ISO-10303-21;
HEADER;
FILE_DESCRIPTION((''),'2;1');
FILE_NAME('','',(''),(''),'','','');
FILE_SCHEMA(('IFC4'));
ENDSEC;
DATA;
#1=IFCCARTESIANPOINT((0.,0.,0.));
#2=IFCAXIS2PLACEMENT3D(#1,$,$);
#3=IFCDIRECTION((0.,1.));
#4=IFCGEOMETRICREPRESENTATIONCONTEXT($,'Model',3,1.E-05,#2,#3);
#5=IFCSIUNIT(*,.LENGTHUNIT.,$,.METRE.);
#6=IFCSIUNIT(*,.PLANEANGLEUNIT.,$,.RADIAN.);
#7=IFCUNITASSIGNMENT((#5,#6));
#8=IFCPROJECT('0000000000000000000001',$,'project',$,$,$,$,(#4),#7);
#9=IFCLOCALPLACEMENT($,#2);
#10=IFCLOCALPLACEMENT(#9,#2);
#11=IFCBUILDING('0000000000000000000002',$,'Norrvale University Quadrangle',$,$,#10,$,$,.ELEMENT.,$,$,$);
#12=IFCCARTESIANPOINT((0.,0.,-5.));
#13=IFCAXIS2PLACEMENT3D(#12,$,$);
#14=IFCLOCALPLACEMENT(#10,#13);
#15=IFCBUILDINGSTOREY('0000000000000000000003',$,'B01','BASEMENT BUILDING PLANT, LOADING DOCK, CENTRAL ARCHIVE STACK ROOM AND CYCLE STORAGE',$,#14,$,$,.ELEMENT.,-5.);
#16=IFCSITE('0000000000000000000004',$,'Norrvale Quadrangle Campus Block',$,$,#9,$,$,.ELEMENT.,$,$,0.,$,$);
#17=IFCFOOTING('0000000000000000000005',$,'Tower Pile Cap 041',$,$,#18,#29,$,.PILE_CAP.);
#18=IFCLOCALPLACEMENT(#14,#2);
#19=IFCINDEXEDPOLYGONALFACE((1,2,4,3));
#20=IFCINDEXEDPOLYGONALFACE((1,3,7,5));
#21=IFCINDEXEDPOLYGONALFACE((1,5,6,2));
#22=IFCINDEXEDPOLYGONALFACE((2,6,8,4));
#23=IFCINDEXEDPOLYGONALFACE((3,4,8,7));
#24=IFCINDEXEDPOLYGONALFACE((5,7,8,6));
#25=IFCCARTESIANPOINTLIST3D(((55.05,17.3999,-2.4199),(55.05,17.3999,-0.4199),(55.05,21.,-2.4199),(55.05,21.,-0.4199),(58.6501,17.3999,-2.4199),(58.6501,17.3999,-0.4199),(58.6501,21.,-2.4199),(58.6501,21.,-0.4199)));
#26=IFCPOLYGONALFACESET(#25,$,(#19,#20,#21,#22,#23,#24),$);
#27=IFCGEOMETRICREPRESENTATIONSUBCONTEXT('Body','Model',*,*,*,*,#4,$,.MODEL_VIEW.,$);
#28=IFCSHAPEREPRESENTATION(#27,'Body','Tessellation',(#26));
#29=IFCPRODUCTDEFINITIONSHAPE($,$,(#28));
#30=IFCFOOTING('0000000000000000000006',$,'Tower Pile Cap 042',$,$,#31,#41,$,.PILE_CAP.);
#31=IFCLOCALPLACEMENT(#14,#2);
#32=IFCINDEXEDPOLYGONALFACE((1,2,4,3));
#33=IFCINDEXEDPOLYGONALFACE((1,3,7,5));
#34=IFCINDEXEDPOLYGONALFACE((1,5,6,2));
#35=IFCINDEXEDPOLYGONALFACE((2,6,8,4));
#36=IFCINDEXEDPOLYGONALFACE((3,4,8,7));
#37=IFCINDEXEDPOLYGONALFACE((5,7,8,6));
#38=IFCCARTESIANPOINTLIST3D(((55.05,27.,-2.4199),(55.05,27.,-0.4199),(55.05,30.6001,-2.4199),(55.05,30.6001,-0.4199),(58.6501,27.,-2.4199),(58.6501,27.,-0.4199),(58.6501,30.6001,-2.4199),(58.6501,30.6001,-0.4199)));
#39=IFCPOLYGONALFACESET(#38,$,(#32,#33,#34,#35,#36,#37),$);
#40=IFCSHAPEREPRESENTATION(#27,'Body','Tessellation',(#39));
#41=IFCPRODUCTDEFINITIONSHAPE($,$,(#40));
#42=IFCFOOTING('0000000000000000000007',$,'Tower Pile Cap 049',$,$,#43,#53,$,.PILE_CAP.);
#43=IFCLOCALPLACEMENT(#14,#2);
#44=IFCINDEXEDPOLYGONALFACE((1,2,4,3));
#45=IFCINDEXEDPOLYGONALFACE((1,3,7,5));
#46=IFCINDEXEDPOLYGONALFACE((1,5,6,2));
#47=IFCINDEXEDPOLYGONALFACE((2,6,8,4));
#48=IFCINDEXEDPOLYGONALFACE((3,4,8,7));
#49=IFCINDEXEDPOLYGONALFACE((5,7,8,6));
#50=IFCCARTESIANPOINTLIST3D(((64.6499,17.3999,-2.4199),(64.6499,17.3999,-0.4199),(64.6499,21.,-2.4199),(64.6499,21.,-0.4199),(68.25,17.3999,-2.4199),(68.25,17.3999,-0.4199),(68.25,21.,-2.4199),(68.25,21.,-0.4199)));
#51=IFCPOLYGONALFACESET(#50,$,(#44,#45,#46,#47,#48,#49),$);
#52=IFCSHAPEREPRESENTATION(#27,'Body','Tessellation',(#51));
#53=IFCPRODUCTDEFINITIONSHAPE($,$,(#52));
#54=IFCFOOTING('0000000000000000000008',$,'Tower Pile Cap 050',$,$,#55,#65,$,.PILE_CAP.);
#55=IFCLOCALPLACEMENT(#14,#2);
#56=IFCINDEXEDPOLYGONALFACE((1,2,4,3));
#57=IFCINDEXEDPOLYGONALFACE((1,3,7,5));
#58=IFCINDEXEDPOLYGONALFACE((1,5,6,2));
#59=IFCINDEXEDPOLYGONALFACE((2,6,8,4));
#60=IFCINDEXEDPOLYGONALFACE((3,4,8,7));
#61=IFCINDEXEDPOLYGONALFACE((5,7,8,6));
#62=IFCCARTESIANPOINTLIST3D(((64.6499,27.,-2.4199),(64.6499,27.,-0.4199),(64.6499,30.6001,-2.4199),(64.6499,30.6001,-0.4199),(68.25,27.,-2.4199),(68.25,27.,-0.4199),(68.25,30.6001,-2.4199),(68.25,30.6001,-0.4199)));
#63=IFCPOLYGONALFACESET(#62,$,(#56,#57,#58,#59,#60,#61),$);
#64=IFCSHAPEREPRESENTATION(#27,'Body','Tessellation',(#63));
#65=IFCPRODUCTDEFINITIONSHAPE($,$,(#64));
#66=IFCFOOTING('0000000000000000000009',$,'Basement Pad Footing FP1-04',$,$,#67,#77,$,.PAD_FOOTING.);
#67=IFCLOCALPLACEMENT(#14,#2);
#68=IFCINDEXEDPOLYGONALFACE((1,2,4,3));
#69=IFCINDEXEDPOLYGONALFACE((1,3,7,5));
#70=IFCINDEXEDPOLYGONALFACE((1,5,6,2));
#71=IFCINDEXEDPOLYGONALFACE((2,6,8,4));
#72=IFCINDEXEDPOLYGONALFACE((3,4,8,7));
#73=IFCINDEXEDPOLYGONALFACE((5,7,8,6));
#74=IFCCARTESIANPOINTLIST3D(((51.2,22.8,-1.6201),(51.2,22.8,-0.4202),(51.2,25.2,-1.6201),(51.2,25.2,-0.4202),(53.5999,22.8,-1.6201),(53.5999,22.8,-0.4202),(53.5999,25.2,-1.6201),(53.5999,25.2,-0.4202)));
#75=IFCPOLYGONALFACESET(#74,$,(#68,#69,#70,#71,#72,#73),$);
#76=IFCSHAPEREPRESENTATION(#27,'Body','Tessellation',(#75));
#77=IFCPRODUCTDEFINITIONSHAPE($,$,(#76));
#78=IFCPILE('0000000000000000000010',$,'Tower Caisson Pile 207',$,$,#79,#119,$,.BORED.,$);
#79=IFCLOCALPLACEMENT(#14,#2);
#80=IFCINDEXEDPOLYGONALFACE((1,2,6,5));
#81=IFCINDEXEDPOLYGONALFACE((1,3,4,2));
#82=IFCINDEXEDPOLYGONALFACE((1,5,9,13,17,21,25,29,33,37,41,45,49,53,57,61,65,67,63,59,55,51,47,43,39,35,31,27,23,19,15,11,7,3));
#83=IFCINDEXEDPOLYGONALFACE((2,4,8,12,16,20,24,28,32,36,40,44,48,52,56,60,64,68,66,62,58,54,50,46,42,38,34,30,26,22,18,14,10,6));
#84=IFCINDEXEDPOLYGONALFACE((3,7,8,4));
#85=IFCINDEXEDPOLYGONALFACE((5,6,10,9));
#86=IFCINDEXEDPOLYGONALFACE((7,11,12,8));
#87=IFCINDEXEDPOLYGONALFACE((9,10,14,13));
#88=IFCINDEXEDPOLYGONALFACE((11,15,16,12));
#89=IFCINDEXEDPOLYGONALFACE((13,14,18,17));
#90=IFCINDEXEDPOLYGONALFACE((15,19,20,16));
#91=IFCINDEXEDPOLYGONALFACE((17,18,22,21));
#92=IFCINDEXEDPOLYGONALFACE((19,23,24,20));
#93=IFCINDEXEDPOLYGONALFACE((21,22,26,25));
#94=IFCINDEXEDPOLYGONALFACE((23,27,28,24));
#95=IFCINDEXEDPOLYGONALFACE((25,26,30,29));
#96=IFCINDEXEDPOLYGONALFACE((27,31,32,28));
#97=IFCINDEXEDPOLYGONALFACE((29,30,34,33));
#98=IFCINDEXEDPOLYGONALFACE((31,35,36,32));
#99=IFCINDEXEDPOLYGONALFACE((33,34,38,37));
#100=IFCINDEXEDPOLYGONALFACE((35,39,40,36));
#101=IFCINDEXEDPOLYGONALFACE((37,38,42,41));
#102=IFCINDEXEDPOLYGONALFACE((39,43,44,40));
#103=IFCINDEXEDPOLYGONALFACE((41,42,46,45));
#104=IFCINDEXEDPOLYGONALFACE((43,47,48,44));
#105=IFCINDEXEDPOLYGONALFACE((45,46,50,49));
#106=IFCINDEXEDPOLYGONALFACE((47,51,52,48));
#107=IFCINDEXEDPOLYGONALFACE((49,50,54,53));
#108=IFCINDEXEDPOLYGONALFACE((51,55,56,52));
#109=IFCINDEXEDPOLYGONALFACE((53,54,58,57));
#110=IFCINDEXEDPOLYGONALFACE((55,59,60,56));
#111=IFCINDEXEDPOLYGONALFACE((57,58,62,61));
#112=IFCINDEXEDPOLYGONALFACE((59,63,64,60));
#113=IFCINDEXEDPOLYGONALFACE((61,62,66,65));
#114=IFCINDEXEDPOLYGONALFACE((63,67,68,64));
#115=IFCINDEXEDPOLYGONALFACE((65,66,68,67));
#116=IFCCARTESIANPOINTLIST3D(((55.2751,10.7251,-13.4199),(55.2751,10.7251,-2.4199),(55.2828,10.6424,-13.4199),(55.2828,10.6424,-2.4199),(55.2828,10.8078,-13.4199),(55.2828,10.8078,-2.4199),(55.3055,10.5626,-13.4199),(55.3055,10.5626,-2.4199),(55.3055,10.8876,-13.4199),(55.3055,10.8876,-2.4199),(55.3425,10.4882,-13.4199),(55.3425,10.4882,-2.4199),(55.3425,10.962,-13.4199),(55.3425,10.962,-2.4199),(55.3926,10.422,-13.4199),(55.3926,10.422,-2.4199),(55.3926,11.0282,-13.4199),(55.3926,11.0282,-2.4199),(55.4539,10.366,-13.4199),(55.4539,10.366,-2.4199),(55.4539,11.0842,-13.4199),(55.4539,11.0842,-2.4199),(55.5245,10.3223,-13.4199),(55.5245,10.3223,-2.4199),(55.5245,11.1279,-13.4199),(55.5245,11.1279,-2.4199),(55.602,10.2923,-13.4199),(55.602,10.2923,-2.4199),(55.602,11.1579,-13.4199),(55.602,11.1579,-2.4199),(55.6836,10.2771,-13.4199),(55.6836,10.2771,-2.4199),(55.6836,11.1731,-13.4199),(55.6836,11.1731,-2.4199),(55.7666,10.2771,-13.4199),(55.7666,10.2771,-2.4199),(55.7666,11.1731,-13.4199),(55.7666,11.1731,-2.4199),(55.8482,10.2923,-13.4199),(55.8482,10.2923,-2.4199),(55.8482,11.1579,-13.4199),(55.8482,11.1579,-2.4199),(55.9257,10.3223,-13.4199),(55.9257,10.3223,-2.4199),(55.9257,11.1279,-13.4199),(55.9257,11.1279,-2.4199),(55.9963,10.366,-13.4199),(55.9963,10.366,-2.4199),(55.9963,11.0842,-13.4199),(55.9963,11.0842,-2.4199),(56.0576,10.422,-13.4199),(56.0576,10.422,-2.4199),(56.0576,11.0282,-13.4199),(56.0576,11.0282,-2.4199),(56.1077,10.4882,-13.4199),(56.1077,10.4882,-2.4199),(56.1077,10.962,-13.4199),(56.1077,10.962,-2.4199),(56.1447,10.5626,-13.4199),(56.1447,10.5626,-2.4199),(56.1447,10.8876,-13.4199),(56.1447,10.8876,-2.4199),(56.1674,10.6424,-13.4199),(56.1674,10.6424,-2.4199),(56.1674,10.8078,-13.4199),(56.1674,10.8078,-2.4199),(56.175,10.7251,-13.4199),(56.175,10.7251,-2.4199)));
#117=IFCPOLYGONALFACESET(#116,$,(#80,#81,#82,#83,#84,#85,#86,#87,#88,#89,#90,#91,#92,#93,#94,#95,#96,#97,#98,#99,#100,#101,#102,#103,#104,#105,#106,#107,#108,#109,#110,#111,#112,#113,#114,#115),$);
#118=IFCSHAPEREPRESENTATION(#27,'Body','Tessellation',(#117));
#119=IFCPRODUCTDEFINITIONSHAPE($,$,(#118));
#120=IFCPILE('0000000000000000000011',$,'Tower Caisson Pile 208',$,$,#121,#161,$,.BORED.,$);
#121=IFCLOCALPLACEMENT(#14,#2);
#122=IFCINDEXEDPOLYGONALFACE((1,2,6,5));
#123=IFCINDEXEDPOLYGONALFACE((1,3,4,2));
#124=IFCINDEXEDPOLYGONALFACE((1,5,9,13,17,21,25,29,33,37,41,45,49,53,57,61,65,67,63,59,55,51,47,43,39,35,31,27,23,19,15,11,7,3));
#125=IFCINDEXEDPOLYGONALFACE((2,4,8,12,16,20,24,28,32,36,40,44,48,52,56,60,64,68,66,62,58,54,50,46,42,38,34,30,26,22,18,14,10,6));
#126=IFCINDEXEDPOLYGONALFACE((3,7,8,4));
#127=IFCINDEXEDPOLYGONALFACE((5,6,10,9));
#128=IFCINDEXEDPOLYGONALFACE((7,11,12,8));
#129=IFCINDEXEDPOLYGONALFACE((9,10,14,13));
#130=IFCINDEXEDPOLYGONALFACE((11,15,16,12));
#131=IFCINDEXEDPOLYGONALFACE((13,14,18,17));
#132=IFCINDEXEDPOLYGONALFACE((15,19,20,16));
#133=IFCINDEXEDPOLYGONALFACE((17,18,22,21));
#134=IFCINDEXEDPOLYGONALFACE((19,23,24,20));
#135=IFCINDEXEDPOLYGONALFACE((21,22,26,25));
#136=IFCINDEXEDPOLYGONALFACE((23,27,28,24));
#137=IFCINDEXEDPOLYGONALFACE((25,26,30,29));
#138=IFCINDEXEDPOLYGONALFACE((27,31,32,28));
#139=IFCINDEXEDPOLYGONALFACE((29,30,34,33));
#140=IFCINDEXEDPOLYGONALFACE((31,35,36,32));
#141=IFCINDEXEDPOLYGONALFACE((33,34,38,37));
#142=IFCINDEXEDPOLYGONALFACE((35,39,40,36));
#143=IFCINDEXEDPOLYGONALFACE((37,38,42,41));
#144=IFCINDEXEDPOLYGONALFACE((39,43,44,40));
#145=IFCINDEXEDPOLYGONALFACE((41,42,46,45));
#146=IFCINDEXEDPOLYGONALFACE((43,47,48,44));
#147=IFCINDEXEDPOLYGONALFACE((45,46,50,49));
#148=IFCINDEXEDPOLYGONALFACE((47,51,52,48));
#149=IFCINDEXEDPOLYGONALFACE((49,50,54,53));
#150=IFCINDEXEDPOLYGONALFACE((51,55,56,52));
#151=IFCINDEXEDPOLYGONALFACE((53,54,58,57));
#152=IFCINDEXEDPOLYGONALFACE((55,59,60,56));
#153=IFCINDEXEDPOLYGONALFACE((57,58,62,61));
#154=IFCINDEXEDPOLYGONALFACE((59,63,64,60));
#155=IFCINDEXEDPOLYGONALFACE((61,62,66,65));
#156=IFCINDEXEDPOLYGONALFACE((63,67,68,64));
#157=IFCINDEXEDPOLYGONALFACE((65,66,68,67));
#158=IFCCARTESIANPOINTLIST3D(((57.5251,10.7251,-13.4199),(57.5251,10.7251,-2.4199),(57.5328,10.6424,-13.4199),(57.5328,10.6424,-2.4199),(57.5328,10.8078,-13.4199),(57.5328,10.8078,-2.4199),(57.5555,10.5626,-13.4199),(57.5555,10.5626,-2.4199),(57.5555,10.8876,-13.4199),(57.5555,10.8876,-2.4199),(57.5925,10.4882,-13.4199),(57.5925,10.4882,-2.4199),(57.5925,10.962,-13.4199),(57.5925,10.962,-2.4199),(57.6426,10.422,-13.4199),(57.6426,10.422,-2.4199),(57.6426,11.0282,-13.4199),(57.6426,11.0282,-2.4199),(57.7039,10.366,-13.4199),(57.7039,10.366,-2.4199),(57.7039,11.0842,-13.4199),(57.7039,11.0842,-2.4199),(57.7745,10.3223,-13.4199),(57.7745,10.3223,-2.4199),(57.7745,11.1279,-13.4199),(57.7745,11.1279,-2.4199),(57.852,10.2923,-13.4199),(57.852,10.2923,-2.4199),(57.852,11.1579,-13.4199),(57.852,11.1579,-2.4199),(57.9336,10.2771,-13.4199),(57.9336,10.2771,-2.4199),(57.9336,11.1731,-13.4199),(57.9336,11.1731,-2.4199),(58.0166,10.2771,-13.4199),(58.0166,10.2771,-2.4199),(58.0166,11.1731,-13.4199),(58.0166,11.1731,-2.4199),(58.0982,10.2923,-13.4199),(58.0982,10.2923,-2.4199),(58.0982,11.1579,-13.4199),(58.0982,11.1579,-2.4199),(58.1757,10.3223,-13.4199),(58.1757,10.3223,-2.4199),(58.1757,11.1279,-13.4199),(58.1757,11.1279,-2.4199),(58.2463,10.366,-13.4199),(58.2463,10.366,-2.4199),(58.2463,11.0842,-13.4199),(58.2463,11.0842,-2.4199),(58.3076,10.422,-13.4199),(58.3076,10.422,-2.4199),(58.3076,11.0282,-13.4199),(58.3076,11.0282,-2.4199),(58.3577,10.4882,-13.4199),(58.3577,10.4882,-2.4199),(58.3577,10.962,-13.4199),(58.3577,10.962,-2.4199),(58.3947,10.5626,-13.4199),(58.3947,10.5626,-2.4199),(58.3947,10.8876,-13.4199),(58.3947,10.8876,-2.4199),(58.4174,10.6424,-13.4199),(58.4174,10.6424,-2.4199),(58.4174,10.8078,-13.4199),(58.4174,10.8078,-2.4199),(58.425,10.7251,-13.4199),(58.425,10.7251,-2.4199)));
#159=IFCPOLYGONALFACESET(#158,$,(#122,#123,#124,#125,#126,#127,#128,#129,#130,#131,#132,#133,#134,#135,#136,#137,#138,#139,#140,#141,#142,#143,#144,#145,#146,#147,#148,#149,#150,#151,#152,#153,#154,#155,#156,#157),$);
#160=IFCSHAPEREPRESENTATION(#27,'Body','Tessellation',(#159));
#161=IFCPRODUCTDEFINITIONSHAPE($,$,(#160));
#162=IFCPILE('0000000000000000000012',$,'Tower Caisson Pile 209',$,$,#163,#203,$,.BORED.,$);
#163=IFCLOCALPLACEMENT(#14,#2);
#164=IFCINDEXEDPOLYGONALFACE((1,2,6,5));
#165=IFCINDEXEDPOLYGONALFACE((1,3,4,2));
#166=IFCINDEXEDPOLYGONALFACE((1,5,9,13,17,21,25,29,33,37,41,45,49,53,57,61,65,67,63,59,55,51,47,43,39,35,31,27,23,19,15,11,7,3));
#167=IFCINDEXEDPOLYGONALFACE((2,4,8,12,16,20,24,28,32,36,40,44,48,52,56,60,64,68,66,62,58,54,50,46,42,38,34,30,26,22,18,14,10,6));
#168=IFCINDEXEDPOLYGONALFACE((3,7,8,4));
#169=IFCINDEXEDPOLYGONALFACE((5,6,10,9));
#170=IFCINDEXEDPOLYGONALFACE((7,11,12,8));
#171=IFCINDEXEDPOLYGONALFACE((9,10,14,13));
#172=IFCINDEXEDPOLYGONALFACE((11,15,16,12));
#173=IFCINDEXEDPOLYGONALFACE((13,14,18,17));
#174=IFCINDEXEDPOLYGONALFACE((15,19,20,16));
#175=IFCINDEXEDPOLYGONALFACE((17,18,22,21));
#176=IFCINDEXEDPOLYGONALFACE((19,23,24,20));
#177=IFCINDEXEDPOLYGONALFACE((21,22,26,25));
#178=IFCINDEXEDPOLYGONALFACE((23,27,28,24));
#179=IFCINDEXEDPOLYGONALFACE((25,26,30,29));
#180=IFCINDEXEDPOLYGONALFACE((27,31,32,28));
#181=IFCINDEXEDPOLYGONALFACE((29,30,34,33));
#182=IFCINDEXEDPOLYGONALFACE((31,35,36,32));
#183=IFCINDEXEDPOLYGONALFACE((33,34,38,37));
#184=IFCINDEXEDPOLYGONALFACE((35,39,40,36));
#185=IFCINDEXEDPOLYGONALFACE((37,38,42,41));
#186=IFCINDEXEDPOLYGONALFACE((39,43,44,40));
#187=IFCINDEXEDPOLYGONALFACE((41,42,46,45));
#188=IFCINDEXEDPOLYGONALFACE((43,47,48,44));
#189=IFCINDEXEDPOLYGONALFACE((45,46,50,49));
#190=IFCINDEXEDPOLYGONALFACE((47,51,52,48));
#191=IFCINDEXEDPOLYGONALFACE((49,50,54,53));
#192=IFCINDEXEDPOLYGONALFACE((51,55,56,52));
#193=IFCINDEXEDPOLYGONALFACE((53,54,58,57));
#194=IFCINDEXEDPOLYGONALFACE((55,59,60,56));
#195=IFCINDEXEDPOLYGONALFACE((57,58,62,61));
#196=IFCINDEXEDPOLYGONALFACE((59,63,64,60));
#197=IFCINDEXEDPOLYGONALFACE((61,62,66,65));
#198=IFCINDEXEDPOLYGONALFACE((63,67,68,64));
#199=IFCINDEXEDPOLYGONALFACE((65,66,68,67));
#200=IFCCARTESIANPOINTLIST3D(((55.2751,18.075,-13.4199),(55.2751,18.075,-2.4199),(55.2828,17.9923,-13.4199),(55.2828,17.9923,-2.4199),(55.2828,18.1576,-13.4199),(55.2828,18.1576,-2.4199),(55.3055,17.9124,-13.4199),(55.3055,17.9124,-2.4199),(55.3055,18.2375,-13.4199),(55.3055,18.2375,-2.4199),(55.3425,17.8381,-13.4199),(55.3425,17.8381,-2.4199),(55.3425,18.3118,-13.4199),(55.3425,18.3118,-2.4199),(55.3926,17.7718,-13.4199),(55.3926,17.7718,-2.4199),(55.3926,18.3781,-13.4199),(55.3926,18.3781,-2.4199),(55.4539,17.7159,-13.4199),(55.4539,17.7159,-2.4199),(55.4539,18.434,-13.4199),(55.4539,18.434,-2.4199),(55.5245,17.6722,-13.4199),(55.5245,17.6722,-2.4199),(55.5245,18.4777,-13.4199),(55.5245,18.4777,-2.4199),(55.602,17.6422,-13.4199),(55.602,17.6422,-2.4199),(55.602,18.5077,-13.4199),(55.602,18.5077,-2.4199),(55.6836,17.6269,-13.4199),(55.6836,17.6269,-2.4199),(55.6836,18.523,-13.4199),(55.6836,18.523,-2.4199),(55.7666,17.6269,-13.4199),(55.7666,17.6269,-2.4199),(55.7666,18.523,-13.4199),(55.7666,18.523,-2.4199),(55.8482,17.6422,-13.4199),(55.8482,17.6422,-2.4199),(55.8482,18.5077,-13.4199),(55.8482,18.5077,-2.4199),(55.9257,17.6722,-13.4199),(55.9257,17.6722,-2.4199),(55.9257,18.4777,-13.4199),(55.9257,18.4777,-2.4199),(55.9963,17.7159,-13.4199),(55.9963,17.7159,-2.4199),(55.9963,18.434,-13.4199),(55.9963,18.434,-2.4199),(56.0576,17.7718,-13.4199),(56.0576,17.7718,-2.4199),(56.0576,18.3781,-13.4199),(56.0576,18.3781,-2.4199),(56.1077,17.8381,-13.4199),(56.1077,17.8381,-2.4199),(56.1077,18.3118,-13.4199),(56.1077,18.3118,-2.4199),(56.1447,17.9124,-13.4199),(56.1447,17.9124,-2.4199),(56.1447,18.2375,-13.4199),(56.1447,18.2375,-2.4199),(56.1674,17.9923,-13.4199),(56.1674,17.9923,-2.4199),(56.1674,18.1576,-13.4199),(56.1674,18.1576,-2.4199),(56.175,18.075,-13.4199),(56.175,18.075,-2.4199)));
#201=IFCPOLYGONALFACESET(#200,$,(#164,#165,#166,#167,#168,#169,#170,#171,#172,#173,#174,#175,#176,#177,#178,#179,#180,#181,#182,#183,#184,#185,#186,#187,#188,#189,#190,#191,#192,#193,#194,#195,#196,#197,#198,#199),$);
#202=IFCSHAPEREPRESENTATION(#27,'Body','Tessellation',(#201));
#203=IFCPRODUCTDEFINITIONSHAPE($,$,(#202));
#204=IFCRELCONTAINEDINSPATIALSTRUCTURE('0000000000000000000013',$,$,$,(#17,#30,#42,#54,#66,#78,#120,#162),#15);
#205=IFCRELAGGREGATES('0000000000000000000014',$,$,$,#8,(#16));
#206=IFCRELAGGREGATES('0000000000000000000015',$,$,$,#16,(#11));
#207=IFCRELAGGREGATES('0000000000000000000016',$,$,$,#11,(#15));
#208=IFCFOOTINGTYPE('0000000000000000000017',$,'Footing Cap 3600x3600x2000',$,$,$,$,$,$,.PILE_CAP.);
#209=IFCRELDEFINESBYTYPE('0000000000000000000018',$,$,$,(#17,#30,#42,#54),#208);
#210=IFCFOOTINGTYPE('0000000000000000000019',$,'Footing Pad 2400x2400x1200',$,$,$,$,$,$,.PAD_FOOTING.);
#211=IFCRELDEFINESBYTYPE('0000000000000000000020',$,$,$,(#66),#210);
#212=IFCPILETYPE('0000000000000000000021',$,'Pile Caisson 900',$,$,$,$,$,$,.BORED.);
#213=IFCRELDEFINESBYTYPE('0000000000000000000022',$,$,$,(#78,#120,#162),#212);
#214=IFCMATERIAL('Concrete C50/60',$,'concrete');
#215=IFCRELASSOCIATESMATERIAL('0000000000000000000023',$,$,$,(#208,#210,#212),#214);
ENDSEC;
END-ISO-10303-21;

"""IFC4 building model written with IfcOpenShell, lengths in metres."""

from ifc_helpers import new_model, si_unit, direction, frame, origin, origin_2d, place, context, subcontext, project, spatial, rectangle, circle, extrude, material, material_profile, profile_set, type_object, element, save


model = new_model("IFC4")

# Units and contexts
model_context = context("Model", 3, precision=1e-05, world=origin(), true_north=direction((0.0, 1.0)))
body_context = subcontext(model_context, "Body", "Model", "MODEL_VIEW")
ifc_project = project(units=[si_unit("LENGTHUNIT", "METRE"), si_unit("PLANEANGLEUNIT", "RADIAN")], contexts=[model_context])

# Site, building, storey
site_placement = place(None, origin())
site = spatial("IfcSite", under=ifc_project, at=site_placement, Name="Norrvale Quadrangle Campus Block", CompositionType="ELEMENT", RefElevation=0.0)
building_placement = place(site_placement, origin())
building = spatial("IfcBuilding", under=site, at=building_placement, Name="Norrvale University Quadrangle", CompositionType="ELEMENT")
storey_placement = place(building_placement, frame((0.0, 0.0, -5.0)))
storey = spatial("IfcBuildingStorey", under=building, at=storey_placement, Name="B01", Description="BASEMENT BUILDING PLANT, LOADING DOCK, CENTRAL ARCHIVE STACK ROOM AND CYCLE STORAGE", CompositionType="ELEMENT", Elevation=-5.0)

# Footings
ifc_material_1 = material(Name="Concrete C50/60", Category="concrete")
footing_type_1 = type_object("IfcFootingType", Name="Footing Cap 3600x3600x2000", PredefinedType="PILE_CAP", material=ifc_material_1)
for number, where, z_axis, x_axis, name in (
    (1, (56.8501, 19.2, -2.4199), (0.0, 0.0, 1.0), (1.0, 0.0, 0.0), "Tower Pile Cap 041"),
    (2, (56.8501, 28.8, -2.4199), (0.0, 0.0, 1.0), (1.0, 0.0, 0.0), "Tower Pile Cap 042"),
    (3, (66.45, 19.2, -2.4199), (0.0, 0.0, 1.0), (1.0, 0.0, 0.0), "Tower Pile Cap 049"),
    (4, (66.45, 28.8, -2.4199), (0.0, 0.0, 1.0), (1.0, 0.0, 0.0), "Tower Pile Cap 050"),
):
    element("IfcFooting", number, at=place(storey_placement, frame(where, z_axis=z_axis, x_axis=x_axis)), inside=storey, type_object=footing_type_1, Name=name, PredefinedType="PILE_CAP", context=body_context, shape_type="SweptSolid", body=[
        extrude(rectangle(XDim=3.6001, YDim=3.6001, at=origin_2d()), origin(), (0.0, 0.0, 1.0), 2.0),
    ])
footing_type_2 = type_object("IfcFootingType", Name="Footing Pad 2400x2400x1200", PredefinedType="PAD_FOOTING", material=ifc_material_1)
footing_placement = place(storey_placement, frame((52.3999, 24.0, -1.6201), z_axis=(0.0, 0.0, 1.0), x_axis=(1.0, 0.0, 0.0)))
element("IfcFooting", 5, at=footing_placement, inside=storey, type_object=footing_type_2, Name="Basement Pad Footing FP1-04", PredefinedType="PAD_FOOTING", context=body_context, shape_type="SweptSolid", body=[
    extrude(rectangle(XDim=2.3999, YDim=2.3999, at=origin_2d()), origin(), (0.0, 0.0, 1.0), 1.2),
])

# Piles
ifc_material_profile_1 = material_profile(ifc_material_1, circle(Radius=0.45, at=origin_2d()), Name="Concrete C50/60")
ifc_profile_set_1 = profile_set([ifc_material_profile_1], Name="Concrete C50/60")
pile_type = type_object("IfcPileType", Name="Pile Caisson 900", PredefinedType="BORED", material=ifc_profile_set_1)
for number, where, z_axis, x_axis, name in (
    (6, (55.7251, 10.7251, -2.4199), (0.0, 0.0, -1.0), (1.0, 0.0, 0.0), "Tower Caisson Pile 207"),
    (7, (57.9751, 10.7251, -2.4199), (0.0, 0.0, -1.0), (1.0, 0.0, 0.0), "Tower Caisson Pile 208"),
    (8, (55.7251, 18.075, -2.4199), (0.0, 0.0, -1.0), (1.0, 0.0, 0.0), "Tower Caisson Pile 209"),
):
    element("IfcPile", number, at=place(storey_placement, frame(where, z_axis=z_axis, x_axis=x_axis)), inside=storey, type_object=pile_type, Name=name, PredefinedType="BORED", context=body_context, shape_type="SweptSolid", body=[
        extrude(circle(Radius=0.45, at=origin_2d()), origin(), (0.0, 0.0, 1.0), 11.0),
    ])

save(model, "model.ifc")
